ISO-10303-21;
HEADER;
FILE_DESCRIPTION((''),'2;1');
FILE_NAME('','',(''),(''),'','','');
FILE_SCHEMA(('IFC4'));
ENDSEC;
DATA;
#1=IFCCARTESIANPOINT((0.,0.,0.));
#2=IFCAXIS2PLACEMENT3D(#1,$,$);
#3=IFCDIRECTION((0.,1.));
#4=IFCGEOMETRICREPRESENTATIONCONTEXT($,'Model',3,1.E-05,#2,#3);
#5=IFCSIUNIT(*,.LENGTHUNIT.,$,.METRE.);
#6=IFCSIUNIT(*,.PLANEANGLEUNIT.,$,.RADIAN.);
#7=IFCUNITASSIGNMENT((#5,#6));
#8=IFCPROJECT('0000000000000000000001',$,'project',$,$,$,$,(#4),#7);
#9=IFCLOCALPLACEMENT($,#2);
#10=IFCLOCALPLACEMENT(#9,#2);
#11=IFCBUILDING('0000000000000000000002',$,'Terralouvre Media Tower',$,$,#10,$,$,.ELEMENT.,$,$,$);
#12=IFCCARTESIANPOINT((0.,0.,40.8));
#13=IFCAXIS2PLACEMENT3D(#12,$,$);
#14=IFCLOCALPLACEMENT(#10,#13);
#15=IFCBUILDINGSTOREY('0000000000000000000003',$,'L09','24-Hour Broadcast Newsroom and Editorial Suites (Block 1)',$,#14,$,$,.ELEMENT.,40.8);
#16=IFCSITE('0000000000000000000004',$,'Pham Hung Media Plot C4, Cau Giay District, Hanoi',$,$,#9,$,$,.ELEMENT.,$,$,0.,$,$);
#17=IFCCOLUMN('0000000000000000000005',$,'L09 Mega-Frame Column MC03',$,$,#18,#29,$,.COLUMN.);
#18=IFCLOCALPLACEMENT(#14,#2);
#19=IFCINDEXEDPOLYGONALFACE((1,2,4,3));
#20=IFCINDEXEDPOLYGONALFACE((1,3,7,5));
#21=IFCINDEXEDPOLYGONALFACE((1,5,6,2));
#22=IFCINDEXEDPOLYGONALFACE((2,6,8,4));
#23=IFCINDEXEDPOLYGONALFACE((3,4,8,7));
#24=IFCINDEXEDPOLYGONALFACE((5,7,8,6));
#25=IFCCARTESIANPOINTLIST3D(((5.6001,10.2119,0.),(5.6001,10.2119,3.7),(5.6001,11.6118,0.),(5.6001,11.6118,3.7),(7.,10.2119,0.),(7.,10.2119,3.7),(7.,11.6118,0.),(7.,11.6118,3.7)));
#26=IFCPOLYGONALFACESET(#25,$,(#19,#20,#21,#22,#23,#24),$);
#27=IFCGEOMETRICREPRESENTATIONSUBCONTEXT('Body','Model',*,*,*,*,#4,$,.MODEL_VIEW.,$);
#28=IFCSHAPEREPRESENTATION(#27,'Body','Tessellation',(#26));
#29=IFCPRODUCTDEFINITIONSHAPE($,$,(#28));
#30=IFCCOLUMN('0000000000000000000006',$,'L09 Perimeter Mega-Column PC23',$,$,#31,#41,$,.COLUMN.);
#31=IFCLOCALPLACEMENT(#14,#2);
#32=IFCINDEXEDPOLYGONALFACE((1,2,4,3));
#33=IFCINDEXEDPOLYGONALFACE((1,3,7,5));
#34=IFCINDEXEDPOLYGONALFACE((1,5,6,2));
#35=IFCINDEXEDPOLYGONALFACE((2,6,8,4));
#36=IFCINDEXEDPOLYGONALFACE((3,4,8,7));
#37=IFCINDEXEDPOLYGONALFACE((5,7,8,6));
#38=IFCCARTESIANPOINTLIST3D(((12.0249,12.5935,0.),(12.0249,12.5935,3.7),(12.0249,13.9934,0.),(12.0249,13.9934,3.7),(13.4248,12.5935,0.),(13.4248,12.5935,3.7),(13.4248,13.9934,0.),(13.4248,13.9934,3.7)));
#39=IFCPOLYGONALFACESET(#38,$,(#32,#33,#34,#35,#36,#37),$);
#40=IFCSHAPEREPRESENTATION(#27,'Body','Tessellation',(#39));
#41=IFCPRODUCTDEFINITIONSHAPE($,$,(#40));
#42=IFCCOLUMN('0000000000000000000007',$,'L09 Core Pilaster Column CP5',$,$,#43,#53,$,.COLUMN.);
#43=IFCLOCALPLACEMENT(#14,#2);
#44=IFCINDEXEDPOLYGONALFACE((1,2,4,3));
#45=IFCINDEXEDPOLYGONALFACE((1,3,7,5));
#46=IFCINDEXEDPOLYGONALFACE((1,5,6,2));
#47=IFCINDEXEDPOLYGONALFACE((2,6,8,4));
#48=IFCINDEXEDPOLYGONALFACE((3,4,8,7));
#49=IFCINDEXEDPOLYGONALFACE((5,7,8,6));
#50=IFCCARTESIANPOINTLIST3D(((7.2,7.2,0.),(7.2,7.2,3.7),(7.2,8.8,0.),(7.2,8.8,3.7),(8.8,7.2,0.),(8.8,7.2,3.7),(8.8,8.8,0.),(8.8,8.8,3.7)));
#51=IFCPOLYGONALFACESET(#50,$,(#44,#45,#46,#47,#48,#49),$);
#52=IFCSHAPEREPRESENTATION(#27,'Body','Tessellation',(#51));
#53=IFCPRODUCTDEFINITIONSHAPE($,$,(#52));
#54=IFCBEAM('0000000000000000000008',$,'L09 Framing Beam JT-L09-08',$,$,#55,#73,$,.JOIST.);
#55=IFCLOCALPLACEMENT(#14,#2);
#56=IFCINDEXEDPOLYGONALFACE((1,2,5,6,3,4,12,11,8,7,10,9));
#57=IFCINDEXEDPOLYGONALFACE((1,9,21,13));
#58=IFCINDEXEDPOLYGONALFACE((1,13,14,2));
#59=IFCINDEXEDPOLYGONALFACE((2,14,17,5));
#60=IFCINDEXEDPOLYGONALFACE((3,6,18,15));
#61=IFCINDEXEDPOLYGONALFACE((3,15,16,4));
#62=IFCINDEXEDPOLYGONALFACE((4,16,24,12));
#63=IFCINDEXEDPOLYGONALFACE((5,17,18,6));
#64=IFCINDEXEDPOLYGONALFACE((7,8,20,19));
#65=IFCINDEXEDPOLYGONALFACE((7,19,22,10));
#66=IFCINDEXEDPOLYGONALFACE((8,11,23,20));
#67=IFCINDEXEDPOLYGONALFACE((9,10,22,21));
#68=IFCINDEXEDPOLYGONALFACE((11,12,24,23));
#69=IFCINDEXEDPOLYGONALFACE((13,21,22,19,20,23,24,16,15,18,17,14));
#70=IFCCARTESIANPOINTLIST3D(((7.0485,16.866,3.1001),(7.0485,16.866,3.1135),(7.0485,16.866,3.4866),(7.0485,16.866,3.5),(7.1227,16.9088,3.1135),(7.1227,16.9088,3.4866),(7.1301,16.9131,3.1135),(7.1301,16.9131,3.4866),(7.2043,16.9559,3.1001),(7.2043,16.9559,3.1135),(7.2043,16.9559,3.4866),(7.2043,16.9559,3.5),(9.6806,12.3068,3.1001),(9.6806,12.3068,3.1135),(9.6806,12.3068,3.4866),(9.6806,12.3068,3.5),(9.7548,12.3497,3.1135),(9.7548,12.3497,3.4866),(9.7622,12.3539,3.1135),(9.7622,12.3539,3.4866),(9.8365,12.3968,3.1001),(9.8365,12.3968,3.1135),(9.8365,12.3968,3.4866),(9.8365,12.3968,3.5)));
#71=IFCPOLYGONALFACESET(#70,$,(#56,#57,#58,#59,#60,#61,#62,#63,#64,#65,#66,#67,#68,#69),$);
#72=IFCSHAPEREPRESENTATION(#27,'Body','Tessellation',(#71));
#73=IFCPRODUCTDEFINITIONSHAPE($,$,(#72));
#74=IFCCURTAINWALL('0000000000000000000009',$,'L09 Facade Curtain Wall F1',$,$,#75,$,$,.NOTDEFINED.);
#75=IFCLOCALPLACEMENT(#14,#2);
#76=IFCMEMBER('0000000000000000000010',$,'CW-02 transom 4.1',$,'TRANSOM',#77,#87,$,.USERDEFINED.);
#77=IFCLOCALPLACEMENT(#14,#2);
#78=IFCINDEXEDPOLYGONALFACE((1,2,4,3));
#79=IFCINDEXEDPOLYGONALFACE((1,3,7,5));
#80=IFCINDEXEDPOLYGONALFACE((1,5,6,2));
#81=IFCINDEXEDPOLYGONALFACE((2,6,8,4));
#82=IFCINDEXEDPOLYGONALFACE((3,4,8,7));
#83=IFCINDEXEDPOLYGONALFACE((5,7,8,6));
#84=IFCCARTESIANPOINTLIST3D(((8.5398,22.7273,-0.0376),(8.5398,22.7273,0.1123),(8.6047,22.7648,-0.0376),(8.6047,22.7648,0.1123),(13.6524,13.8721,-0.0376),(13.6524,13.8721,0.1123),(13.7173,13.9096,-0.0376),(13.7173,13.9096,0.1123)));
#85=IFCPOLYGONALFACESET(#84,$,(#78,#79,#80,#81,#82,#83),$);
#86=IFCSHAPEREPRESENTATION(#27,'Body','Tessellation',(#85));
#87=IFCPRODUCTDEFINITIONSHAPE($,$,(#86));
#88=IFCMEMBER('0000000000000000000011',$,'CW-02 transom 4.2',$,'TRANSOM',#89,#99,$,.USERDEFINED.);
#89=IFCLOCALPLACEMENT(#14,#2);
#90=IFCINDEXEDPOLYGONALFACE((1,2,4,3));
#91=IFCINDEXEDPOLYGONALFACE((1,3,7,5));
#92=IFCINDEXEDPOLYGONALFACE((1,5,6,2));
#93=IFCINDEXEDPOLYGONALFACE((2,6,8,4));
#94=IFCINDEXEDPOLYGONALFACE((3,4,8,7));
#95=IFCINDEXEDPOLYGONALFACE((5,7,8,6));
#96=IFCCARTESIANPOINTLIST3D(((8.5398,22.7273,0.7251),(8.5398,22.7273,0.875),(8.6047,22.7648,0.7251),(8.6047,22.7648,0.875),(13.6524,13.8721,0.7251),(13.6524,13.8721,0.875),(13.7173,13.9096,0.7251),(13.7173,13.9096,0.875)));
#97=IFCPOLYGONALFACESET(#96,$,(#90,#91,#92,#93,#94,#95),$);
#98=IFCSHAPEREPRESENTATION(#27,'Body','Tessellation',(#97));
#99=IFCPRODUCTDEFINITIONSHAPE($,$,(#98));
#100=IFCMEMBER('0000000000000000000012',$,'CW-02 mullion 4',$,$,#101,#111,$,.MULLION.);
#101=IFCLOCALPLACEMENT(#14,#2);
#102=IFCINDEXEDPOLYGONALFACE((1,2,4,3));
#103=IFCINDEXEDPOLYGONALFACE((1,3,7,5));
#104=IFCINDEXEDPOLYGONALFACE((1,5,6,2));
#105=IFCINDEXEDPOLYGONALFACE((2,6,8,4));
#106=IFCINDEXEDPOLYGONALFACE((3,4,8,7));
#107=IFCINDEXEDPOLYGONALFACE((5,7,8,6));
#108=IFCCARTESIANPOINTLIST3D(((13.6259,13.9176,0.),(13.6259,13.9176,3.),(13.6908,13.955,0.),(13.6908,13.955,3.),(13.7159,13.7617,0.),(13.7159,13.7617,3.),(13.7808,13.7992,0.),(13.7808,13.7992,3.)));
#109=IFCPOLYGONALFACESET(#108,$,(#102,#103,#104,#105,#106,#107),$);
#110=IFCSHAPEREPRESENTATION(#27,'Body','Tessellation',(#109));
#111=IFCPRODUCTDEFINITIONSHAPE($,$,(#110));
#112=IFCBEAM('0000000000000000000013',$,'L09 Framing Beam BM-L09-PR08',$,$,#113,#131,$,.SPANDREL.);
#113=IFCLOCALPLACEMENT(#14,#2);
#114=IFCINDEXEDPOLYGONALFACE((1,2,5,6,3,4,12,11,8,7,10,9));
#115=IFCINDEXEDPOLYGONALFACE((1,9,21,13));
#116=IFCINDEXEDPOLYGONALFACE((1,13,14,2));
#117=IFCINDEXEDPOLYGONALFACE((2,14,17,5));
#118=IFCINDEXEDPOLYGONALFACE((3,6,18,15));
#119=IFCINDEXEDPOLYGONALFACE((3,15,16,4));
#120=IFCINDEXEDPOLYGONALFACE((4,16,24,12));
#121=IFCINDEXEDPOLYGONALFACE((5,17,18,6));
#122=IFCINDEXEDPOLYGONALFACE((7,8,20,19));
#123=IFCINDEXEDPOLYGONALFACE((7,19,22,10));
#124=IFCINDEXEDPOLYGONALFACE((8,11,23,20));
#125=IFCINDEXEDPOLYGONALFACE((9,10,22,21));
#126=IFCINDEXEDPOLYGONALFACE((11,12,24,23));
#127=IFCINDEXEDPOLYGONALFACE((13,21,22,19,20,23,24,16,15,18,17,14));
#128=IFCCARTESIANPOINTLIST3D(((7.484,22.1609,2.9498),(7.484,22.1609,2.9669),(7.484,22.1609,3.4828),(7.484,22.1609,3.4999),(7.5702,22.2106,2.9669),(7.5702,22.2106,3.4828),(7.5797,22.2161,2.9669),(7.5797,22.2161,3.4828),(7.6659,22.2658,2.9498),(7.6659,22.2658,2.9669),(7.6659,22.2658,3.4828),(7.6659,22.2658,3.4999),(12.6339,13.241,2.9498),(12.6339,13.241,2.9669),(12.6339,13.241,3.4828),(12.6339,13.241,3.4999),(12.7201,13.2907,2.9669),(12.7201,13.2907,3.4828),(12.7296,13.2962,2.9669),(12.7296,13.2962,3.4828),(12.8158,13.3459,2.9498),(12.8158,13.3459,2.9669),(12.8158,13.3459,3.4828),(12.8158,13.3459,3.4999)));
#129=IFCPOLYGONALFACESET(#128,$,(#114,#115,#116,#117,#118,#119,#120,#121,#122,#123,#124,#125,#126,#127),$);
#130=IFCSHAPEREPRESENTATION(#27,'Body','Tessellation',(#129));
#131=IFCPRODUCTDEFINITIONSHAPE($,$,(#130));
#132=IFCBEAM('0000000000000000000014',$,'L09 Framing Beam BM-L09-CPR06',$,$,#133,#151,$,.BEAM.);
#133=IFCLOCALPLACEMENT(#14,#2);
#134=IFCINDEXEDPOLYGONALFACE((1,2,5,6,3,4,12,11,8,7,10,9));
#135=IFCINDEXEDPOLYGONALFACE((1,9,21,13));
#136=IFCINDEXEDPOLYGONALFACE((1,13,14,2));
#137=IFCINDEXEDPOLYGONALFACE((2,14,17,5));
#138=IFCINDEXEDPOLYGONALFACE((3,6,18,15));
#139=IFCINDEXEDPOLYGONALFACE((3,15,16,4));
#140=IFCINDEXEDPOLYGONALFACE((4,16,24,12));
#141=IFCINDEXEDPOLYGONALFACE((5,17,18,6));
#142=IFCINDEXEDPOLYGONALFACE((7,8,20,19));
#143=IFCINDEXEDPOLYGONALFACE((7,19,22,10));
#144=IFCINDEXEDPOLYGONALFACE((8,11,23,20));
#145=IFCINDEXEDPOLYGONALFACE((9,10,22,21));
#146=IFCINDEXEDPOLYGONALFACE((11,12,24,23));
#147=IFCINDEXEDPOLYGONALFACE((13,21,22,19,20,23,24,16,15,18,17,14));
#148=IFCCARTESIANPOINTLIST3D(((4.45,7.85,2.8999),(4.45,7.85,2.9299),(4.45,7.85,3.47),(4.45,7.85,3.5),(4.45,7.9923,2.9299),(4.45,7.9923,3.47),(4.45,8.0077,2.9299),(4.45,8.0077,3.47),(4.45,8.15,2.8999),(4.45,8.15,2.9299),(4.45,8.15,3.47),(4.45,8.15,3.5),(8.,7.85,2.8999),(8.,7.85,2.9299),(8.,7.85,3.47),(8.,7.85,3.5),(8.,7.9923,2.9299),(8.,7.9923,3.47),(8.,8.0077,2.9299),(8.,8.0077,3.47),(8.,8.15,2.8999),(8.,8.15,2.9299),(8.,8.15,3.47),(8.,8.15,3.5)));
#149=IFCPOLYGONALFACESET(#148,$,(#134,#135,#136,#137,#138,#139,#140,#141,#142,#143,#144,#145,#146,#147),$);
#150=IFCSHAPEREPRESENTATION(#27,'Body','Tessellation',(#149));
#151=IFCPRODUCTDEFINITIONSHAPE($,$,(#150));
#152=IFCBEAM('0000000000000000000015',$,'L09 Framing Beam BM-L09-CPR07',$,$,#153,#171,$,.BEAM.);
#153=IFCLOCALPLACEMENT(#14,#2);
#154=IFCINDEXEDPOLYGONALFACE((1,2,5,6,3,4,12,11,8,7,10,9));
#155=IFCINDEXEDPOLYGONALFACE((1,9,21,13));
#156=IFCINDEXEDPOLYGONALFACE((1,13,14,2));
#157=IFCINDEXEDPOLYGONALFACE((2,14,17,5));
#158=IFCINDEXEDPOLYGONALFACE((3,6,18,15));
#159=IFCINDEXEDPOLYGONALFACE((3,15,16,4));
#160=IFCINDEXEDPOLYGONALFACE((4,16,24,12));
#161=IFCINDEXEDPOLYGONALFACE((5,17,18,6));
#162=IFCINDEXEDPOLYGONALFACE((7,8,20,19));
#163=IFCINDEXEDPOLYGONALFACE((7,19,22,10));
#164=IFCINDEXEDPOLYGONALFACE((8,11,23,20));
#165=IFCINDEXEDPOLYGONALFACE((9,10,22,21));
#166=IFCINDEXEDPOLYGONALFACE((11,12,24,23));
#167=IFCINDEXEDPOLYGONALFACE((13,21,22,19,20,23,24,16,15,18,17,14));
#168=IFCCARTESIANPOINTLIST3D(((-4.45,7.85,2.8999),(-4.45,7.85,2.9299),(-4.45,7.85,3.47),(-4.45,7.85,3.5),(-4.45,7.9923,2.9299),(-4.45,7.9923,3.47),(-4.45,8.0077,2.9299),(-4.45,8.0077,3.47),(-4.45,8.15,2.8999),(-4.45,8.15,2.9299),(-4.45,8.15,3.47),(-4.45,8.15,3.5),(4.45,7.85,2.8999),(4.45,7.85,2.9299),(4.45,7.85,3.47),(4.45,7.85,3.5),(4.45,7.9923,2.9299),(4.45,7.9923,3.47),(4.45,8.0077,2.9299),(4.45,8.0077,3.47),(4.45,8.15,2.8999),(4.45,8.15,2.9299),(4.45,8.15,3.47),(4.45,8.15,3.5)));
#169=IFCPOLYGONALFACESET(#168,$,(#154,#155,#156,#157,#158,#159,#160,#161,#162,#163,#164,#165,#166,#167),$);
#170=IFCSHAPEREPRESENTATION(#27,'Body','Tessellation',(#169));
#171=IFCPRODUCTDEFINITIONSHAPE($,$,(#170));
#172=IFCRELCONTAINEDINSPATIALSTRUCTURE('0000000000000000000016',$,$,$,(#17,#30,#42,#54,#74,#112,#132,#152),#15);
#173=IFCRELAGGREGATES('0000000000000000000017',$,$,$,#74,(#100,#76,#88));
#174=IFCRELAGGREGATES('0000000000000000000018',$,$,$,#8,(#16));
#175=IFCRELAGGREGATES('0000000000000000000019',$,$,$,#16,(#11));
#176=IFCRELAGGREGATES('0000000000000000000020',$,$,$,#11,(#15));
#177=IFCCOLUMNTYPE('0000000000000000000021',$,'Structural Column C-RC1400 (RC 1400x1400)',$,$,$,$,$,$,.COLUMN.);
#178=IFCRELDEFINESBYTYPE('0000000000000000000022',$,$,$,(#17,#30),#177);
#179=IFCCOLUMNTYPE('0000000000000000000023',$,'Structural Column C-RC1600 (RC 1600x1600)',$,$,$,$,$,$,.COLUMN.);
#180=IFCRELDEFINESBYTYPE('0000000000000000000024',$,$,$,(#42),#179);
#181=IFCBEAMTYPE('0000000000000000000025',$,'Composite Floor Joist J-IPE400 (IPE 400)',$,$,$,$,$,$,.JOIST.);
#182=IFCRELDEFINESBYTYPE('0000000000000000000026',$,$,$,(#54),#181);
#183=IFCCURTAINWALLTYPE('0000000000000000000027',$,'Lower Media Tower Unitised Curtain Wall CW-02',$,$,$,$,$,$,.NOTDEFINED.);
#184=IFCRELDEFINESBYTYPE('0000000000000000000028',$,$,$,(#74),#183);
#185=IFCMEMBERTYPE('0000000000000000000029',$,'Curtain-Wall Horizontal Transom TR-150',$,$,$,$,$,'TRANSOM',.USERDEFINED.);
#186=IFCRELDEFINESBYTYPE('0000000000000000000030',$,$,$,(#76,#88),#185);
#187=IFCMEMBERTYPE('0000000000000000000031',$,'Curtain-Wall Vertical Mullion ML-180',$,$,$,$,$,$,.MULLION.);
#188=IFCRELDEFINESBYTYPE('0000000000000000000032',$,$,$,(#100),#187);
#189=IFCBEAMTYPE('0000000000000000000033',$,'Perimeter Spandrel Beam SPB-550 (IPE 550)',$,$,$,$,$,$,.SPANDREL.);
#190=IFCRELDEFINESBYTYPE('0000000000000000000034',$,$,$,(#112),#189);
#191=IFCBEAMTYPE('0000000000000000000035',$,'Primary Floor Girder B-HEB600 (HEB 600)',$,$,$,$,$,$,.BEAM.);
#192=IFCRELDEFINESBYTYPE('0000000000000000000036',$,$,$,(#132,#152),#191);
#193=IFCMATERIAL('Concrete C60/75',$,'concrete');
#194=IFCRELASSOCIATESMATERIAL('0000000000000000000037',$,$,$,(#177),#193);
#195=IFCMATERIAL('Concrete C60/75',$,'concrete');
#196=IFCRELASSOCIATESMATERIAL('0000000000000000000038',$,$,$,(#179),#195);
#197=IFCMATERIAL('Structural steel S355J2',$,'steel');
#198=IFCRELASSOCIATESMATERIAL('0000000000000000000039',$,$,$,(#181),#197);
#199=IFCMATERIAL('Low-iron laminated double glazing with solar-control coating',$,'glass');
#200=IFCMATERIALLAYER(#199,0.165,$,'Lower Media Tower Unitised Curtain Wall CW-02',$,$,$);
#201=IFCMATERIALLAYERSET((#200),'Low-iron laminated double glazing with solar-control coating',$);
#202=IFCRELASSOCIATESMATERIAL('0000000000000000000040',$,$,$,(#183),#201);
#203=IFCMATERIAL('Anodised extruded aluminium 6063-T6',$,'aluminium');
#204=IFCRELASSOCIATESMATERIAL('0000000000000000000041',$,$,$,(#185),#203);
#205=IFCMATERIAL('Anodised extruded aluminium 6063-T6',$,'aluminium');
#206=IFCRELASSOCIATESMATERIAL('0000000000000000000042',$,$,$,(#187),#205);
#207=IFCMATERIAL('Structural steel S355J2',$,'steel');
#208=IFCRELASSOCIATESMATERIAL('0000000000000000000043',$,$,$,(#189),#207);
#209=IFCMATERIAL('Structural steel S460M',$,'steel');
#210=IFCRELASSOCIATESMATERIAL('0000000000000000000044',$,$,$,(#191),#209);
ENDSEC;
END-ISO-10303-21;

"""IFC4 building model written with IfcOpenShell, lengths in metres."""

from ifc_helpers import new_model, si_unit, direction, frame, origin, origin_2d, place, context, subcontext, project, spatial, rectangle, i_section, extrude, material, layer, layer_set, material_profile, profile_set, type_object, element, aggregate, save


model = new_model("IFC4")

# Units and contexts
model_context = context("Model", 3, precision=1e-05, world=origin(), true_north=direction((0.0, 1.0)))
body_context = subcontext(model_context, "Body", "Model", "MODEL_VIEW")
ifc_project = project(units=[si_unit("LENGTHUNIT", "METRE"), si_unit("PLANEANGLEUNIT", "RADIAN")], contexts=[model_context])

# Site, building, storey
site_placement = place(None, origin())
site = spatial("IfcSite", under=ifc_project, at=site_placement, Name="Pham Hung Media Plot C4, Cau Giay District, Hanoi", CompositionType="ELEMENT", RefElevation=0.0)
building_placement = place(site_placement, origin())
building = spatial("IfcBuilding", under=site, at=building_placement, Name="Terralouvre Media Tower", CompositionType="ELEMENT")
storey_placement = place(building_placement, frame((0.0, 0.0, 40.8)))
storey = spatial("IfcBuildingStorey", under=building, at=storey_placement, Name="L09", Description="24-Hour Broadcast Newsroom and Editorial Suites (Block 1)", CompositionType="ELEMENT", Elevation=40.8)

# Columns
ifc_material_1 = material(Name="Concrete C60/75", Category="concrete")
ifc_material_profile_1 = material_profile(ifc_material_1, rectangle(XDim=1.3999, YDim=1.3999, at=origin_2d()), Name="RC 1400x1400")
ifc_profile_set_1 = profile_set([ifc_material_profile_1], Name="Concrete C60/75")
column_type_1 = type_object("IfcColumnType", Name="Structural Column C-RC1400 (RC 1400x1400)", PredefinedType="COLUMN", material=ifc_profile_set_1)
for number, where, z_axis, x_axis, name in (
    (1, (6.3, 10.9119, 0.0), (0.0, 0.0, 1.0), (1.0, 0.0, 0.0), "L09 Mega-Frame Column MC03"),
    (2, (12.7249, 13.2935, 0.0), (0.0, 0.0, 1.0), (1.0, 0.0, 0.0), "L09 Perimeter Mega-Column PC23"),
):
    element("IfcColumn", number, at=place(storey_placement, frame(where, z_axis=z_axis, x_axis=x_axis)), inside=storey, type_object=column_type_1, Name=name, PredefinedType="COLUMN", context=body_context, shape_type="SweptSolid", body=[
        extrude(rectangle(XDim=1.3999, YDim=1.3999, at=origin_2d()), origin(), (0.0, 0.0, 1.0), 3.7),
    ])
ifc_material_2 = material(Name="Concrete C60/75", Category="concrete")
ifc_material_profile_2 = material_profile(ifc_material_2, rectangle(XDim=1.6001, YDim=1.6001, at=origin_2d()), Name="RC 1600x1600")
ifc_profile_set_2 = profile_set([ifc_material_profile_2], Name="Concrete C60/75")
column_type_2 = type_object("IfcColumnType", Name="Structural Column C-RC1600 (RC 1600x1600)", PredefinedType="COLUMN", material=ifc_profile_set_2)
column_placement = place(storey_placement, frame((8.0, 8.0, 0.0), z_axis=(0.0, 0.0, 1.0), x_axis=(1.0, 0.0, 0.0)))
element("IfcColumn", 3, at=column_placement, inside=storey, type_object=column_type_2, Name="L09 Core Pilaster Column CP5", PredefinedType="COLUMN", context=body_context, shape_type="SweptSolid", body=[
    extrude(rectangle(XDim=1.6001, YDim=1.6001, at=origin_2d()), origin(), (0.0, 0.0, 1.0), 3.7),
])

# Beam
ifc_material_3 = material(Name="Structural steel S355J2", Category="steel")
ifc_material_profile_3 = material_profile(ifc_material_3, i_section(OverallWidth=0.1799, OverallDepth=0.3999, WebThickness=0.0085, FlangeThickness=0.0134, at=origin_2d()), Name="IPE 400")
ifc_profile_set_3 = profile_set([ifc_material_profile_3], Name="Structural steel S355J2")
beam_type_1 = type_object("IfcBeamType", Name="Composite Floor Joist J-IPE400 (IPE 400)", PredefinedType="JOIST", material=ifc_profile_set_3)
beam_1_placement = place(storey_placement, frame((9.7585, 12.3518, 3.3), z_axis=(-0.499985, 0.866034, 0.0), x_axis=(-0.866034, -0.499985, 0.0)))
element("IfcBeam", 4, at=beam_1_placement, inside=storey, type_object=beam_type_1, Name="L09 Framing Beam JT-L09-08", PredefinedType="JOIST", context=body_context, shape_type="SweptSolid", body=[
    extrude(i_section(OverallWidth=0.1799, OverallDepth=0.3999, WebThickness=0.0085, FlangeThickness=0.0134, at=origin_2d()), origin(), (0.0, 0.0, 1.0), 5.2644),
])

# Curtain wall, members
ifc_material_4 = material(Name="Low-iron laminated double glazing with solar-control coating", Category="glass")
ifc_layer_1 = layer(ifc_material_4, 0.165, Name="Lower Media Tower Unitised Curtain Wall CW-02")
ifc_layer_set_1 = layer_set([ifc_layer_1], Name="Low-iron laminated double glazing with solar-control coating")
curtain_wall_type = type_object("IfcCurtainWallType", Name="Lower Media Tower Unitised Curtain Wall CW-02", PredefinedType="NOTDEFINED", material=ifc_layer_set_1)
curtain_wall_placement = place(storey_placement, origin())
curtain_wall = element("IfcCurtainWall", 5, at=curtain_wall_placement, inside=storey, type_object=curtain_wall_type, Name="L09 Facade Curtain Wall F1", PredefinedType="NOTDEFINED")
ifc_material_5 = material(Name="Anodised extruded aluminium 6063-T6", Category="aluminium")
ifc_material_profile_4 = material_profile(ifc_material_5, rectangle(XDim=0.075, YDim=0.1499, at=origin_2d()), Name="ALU 75x150")
ifc_profile_set_4 = profile_set([ifc_material_profile_4], Name="Anodised extruded aluminium 6063-T6")
member_type_1 = type_object("IfcMemberType", Name="Curtain-Wall Horizontal Transom TR-150", ElementType="TRANSOM", PredefinedType="USERDEFINED", material=ifc_profile_set_4)
member_1_placement = place(storey_placement, frame((13.6848, 13.8909, 0.0374), z_axis=(-0.499999, 0.866026, 0.0), x_axis=(-0.866026, -0.499999, 0.0)))
member_1 = element("IfcMember", 6, at=member_1_placement, type_object=member_type_1, Name="CW-02 transom 4.1", ObjectType="TRANSOM", PredefinedType="USERDEFINED", context=body_context, shape_type="SweptSolid", body=[
    extrude(rectangle(XDim=0.075, YDim=0.1499, at=origin_2d()), origin(), (0.0, 0.0, 1.0), 10.2251),
])
member_2_placement = place(storey_placement, frame((13.6848, 13.8909, 0.8), z_axis=(-0.499999, 0.866026, 0.0), x_axis=(-0.866026, -0.499999, 0.0)))
member_2 = element("IfcMember", 7, at=member_2_placement, type_object=member_type_1, Name="CW-02 transom 4.2", ObjectType="TRANSOM", PredefinedType="USERDEFINED", context=body_context, shape_type="SweptSolid", body=[
    extrude(rectangle(XDim=0.075, YDim=0.1499, at=origin_2d()), origin(), (0.0, 0.0, 1.0), 10.2251),
])
ifc_material_6 = material(Name="Anodised extruded aluminium 6063-T6", Category="aluminium")
ifc_material_profile_5 = material_profile(ifc_material_6, rectangle(XDim=0.075, YDim=0.1799, at=origin_2d()), Name="ALU 75x180")
ifc_profile_set_5 = profile_set([ifc_material_profile_5], Name="Anodised extruded aluminium 6063-T6")
member_type_2 = type_object("IfcMemberType", Name="Curtain-Wall Vertical Mullion ML-180", PredefinedType="MULLION", material=ifc_profile_set_5)
member_3_placement = place(storey_placement, frame((13.7034, 13.8584, 0.0), z_axis=(0.0, 0.0, 1.0), x_axis=(-0.866025, -0.5, 0.0)))
member_3 = element("IfcMember", 8, at=member_3_placement, type_object=member_type_2, Name="CW-02 mullion 4", PredefinedType="MULLION", context=body_context, shape_type="SweptSolid", body=[
    extrude(rectangle(XDim=0.075, YDim=0.1799, at=origin_2d()), origin(), (0.0, 0.0, 1.0), 3.0),
])

# Beams
ifc_material_7 = material(Name="Structural steel S355J2", Category="steel")
ifc_material_profile_6 = material_profile(ifc_material_7, i_section(OverallWidth=0.21, OverallDepth=0.55, WebThickness=0.011, FlangeThickness=0.0171, at=origin_2d()), Name="IPE 550")
ifc_profile_set_6 = profile_set([ifc_material_profile_6], Name="Structural steel S355J2")
beam_type_2 = type_object("IfcBeamType", Name="Perimeter Spandrel Beam SPB-550 (IPE 550)", PredefinedType="SPANDREL", material=ifc_profile_set_6)
beam_2_placement = place(storey_placement, frame((12.7249, 13.2935, 3.2249), z_axis=(-0.499999, 0.866026, 0.0), x_axis=(-0.866026, -0.499999, 0.0)))
element("IfcBeam", 9, at=beam_2_placement, inside=storey, type_object=beam_type_2, Name="L09 Framing Beam BM-L09-PR08", PredefinedType="SPANDREL", context=body_context, shape_type="SweptSolid", body=[
    extrude(i_section(OverallWidth=0.21, OverallDepth=0.55, WebThickness=0.011, FlangeThickness=0.0171, at=origin_2d()), origin(), (0.0, 0.0, 1.0), 10.2998),
])
ifc_material_8 = material(Name="Structural steel S460M", Category="steel")
ifc_material_profile_7 = material_profile(ifc_material_8, i_section(OverallWidth=0.3, OverallDepth=0.6001, WebThickness=0.0154, FlangeThickness=0.03, at=origin_2d()), Name="HEB 600")
ifc_profile_set_7 = profile_set([ifc_material_profile_7], Name="Structural steel S460M")
beam_type_3 = type_object("IfcBeamType", Name="Primary Floor Girder B-HEB600 (HEB 600)", PredefinedType="BEAM", material=ifc_profile_set_7)
beam_3_placement = place(storey_placement, frame((8.0, 8.0, 3.2), z_axis=(-1.0, 0.0, 0.0), x_axis=(0.0, -1.0, 0.0)))
element("IfcBeam", 10, at=beam_3_placement, inside=storey, type_object=beam_type_3, Name="L09 Framing Beam BM-L09-CPR06", PredefinedType="BEAM", context=body_context, shape_type="SweptSolid", body=[
    extrude(i_section(OverallWidth=0.3, OverallDepth=0.6001, WebThickness=0.0154, FlangeThickness=0.03, at=origin_2d()), origin(), (0.0, 0.0, 1.0), 3.55),
])
beam_4_placement = place(storey_placement, frame((4.45, 8.0, 3.2), z_axis=(-1.0, 0.0, 0.0), x_axis=(0.0, -1.0, 0.0)))
element("IfcBeam", 11, at=beam_4_placement, inside=storey, type_object=beam_type_3, Name="L09 Framing Beam BM-L09-CPR07", PredefinedType="BEAM", context=body_context, shape_type="SweptSolid", body=[
    extrude(i_section(OverallWidth=0.3, OverallDepth=0.6001, WebThickness=0.0154, FlangeThickness=0.03, at=origin_2d()), origin(), (0.0, 0.0, 1.0), 8.8999),
])

aggregate(curtain_wall, [member_3, member_1, member_2])

save(model, "model.ifc")
